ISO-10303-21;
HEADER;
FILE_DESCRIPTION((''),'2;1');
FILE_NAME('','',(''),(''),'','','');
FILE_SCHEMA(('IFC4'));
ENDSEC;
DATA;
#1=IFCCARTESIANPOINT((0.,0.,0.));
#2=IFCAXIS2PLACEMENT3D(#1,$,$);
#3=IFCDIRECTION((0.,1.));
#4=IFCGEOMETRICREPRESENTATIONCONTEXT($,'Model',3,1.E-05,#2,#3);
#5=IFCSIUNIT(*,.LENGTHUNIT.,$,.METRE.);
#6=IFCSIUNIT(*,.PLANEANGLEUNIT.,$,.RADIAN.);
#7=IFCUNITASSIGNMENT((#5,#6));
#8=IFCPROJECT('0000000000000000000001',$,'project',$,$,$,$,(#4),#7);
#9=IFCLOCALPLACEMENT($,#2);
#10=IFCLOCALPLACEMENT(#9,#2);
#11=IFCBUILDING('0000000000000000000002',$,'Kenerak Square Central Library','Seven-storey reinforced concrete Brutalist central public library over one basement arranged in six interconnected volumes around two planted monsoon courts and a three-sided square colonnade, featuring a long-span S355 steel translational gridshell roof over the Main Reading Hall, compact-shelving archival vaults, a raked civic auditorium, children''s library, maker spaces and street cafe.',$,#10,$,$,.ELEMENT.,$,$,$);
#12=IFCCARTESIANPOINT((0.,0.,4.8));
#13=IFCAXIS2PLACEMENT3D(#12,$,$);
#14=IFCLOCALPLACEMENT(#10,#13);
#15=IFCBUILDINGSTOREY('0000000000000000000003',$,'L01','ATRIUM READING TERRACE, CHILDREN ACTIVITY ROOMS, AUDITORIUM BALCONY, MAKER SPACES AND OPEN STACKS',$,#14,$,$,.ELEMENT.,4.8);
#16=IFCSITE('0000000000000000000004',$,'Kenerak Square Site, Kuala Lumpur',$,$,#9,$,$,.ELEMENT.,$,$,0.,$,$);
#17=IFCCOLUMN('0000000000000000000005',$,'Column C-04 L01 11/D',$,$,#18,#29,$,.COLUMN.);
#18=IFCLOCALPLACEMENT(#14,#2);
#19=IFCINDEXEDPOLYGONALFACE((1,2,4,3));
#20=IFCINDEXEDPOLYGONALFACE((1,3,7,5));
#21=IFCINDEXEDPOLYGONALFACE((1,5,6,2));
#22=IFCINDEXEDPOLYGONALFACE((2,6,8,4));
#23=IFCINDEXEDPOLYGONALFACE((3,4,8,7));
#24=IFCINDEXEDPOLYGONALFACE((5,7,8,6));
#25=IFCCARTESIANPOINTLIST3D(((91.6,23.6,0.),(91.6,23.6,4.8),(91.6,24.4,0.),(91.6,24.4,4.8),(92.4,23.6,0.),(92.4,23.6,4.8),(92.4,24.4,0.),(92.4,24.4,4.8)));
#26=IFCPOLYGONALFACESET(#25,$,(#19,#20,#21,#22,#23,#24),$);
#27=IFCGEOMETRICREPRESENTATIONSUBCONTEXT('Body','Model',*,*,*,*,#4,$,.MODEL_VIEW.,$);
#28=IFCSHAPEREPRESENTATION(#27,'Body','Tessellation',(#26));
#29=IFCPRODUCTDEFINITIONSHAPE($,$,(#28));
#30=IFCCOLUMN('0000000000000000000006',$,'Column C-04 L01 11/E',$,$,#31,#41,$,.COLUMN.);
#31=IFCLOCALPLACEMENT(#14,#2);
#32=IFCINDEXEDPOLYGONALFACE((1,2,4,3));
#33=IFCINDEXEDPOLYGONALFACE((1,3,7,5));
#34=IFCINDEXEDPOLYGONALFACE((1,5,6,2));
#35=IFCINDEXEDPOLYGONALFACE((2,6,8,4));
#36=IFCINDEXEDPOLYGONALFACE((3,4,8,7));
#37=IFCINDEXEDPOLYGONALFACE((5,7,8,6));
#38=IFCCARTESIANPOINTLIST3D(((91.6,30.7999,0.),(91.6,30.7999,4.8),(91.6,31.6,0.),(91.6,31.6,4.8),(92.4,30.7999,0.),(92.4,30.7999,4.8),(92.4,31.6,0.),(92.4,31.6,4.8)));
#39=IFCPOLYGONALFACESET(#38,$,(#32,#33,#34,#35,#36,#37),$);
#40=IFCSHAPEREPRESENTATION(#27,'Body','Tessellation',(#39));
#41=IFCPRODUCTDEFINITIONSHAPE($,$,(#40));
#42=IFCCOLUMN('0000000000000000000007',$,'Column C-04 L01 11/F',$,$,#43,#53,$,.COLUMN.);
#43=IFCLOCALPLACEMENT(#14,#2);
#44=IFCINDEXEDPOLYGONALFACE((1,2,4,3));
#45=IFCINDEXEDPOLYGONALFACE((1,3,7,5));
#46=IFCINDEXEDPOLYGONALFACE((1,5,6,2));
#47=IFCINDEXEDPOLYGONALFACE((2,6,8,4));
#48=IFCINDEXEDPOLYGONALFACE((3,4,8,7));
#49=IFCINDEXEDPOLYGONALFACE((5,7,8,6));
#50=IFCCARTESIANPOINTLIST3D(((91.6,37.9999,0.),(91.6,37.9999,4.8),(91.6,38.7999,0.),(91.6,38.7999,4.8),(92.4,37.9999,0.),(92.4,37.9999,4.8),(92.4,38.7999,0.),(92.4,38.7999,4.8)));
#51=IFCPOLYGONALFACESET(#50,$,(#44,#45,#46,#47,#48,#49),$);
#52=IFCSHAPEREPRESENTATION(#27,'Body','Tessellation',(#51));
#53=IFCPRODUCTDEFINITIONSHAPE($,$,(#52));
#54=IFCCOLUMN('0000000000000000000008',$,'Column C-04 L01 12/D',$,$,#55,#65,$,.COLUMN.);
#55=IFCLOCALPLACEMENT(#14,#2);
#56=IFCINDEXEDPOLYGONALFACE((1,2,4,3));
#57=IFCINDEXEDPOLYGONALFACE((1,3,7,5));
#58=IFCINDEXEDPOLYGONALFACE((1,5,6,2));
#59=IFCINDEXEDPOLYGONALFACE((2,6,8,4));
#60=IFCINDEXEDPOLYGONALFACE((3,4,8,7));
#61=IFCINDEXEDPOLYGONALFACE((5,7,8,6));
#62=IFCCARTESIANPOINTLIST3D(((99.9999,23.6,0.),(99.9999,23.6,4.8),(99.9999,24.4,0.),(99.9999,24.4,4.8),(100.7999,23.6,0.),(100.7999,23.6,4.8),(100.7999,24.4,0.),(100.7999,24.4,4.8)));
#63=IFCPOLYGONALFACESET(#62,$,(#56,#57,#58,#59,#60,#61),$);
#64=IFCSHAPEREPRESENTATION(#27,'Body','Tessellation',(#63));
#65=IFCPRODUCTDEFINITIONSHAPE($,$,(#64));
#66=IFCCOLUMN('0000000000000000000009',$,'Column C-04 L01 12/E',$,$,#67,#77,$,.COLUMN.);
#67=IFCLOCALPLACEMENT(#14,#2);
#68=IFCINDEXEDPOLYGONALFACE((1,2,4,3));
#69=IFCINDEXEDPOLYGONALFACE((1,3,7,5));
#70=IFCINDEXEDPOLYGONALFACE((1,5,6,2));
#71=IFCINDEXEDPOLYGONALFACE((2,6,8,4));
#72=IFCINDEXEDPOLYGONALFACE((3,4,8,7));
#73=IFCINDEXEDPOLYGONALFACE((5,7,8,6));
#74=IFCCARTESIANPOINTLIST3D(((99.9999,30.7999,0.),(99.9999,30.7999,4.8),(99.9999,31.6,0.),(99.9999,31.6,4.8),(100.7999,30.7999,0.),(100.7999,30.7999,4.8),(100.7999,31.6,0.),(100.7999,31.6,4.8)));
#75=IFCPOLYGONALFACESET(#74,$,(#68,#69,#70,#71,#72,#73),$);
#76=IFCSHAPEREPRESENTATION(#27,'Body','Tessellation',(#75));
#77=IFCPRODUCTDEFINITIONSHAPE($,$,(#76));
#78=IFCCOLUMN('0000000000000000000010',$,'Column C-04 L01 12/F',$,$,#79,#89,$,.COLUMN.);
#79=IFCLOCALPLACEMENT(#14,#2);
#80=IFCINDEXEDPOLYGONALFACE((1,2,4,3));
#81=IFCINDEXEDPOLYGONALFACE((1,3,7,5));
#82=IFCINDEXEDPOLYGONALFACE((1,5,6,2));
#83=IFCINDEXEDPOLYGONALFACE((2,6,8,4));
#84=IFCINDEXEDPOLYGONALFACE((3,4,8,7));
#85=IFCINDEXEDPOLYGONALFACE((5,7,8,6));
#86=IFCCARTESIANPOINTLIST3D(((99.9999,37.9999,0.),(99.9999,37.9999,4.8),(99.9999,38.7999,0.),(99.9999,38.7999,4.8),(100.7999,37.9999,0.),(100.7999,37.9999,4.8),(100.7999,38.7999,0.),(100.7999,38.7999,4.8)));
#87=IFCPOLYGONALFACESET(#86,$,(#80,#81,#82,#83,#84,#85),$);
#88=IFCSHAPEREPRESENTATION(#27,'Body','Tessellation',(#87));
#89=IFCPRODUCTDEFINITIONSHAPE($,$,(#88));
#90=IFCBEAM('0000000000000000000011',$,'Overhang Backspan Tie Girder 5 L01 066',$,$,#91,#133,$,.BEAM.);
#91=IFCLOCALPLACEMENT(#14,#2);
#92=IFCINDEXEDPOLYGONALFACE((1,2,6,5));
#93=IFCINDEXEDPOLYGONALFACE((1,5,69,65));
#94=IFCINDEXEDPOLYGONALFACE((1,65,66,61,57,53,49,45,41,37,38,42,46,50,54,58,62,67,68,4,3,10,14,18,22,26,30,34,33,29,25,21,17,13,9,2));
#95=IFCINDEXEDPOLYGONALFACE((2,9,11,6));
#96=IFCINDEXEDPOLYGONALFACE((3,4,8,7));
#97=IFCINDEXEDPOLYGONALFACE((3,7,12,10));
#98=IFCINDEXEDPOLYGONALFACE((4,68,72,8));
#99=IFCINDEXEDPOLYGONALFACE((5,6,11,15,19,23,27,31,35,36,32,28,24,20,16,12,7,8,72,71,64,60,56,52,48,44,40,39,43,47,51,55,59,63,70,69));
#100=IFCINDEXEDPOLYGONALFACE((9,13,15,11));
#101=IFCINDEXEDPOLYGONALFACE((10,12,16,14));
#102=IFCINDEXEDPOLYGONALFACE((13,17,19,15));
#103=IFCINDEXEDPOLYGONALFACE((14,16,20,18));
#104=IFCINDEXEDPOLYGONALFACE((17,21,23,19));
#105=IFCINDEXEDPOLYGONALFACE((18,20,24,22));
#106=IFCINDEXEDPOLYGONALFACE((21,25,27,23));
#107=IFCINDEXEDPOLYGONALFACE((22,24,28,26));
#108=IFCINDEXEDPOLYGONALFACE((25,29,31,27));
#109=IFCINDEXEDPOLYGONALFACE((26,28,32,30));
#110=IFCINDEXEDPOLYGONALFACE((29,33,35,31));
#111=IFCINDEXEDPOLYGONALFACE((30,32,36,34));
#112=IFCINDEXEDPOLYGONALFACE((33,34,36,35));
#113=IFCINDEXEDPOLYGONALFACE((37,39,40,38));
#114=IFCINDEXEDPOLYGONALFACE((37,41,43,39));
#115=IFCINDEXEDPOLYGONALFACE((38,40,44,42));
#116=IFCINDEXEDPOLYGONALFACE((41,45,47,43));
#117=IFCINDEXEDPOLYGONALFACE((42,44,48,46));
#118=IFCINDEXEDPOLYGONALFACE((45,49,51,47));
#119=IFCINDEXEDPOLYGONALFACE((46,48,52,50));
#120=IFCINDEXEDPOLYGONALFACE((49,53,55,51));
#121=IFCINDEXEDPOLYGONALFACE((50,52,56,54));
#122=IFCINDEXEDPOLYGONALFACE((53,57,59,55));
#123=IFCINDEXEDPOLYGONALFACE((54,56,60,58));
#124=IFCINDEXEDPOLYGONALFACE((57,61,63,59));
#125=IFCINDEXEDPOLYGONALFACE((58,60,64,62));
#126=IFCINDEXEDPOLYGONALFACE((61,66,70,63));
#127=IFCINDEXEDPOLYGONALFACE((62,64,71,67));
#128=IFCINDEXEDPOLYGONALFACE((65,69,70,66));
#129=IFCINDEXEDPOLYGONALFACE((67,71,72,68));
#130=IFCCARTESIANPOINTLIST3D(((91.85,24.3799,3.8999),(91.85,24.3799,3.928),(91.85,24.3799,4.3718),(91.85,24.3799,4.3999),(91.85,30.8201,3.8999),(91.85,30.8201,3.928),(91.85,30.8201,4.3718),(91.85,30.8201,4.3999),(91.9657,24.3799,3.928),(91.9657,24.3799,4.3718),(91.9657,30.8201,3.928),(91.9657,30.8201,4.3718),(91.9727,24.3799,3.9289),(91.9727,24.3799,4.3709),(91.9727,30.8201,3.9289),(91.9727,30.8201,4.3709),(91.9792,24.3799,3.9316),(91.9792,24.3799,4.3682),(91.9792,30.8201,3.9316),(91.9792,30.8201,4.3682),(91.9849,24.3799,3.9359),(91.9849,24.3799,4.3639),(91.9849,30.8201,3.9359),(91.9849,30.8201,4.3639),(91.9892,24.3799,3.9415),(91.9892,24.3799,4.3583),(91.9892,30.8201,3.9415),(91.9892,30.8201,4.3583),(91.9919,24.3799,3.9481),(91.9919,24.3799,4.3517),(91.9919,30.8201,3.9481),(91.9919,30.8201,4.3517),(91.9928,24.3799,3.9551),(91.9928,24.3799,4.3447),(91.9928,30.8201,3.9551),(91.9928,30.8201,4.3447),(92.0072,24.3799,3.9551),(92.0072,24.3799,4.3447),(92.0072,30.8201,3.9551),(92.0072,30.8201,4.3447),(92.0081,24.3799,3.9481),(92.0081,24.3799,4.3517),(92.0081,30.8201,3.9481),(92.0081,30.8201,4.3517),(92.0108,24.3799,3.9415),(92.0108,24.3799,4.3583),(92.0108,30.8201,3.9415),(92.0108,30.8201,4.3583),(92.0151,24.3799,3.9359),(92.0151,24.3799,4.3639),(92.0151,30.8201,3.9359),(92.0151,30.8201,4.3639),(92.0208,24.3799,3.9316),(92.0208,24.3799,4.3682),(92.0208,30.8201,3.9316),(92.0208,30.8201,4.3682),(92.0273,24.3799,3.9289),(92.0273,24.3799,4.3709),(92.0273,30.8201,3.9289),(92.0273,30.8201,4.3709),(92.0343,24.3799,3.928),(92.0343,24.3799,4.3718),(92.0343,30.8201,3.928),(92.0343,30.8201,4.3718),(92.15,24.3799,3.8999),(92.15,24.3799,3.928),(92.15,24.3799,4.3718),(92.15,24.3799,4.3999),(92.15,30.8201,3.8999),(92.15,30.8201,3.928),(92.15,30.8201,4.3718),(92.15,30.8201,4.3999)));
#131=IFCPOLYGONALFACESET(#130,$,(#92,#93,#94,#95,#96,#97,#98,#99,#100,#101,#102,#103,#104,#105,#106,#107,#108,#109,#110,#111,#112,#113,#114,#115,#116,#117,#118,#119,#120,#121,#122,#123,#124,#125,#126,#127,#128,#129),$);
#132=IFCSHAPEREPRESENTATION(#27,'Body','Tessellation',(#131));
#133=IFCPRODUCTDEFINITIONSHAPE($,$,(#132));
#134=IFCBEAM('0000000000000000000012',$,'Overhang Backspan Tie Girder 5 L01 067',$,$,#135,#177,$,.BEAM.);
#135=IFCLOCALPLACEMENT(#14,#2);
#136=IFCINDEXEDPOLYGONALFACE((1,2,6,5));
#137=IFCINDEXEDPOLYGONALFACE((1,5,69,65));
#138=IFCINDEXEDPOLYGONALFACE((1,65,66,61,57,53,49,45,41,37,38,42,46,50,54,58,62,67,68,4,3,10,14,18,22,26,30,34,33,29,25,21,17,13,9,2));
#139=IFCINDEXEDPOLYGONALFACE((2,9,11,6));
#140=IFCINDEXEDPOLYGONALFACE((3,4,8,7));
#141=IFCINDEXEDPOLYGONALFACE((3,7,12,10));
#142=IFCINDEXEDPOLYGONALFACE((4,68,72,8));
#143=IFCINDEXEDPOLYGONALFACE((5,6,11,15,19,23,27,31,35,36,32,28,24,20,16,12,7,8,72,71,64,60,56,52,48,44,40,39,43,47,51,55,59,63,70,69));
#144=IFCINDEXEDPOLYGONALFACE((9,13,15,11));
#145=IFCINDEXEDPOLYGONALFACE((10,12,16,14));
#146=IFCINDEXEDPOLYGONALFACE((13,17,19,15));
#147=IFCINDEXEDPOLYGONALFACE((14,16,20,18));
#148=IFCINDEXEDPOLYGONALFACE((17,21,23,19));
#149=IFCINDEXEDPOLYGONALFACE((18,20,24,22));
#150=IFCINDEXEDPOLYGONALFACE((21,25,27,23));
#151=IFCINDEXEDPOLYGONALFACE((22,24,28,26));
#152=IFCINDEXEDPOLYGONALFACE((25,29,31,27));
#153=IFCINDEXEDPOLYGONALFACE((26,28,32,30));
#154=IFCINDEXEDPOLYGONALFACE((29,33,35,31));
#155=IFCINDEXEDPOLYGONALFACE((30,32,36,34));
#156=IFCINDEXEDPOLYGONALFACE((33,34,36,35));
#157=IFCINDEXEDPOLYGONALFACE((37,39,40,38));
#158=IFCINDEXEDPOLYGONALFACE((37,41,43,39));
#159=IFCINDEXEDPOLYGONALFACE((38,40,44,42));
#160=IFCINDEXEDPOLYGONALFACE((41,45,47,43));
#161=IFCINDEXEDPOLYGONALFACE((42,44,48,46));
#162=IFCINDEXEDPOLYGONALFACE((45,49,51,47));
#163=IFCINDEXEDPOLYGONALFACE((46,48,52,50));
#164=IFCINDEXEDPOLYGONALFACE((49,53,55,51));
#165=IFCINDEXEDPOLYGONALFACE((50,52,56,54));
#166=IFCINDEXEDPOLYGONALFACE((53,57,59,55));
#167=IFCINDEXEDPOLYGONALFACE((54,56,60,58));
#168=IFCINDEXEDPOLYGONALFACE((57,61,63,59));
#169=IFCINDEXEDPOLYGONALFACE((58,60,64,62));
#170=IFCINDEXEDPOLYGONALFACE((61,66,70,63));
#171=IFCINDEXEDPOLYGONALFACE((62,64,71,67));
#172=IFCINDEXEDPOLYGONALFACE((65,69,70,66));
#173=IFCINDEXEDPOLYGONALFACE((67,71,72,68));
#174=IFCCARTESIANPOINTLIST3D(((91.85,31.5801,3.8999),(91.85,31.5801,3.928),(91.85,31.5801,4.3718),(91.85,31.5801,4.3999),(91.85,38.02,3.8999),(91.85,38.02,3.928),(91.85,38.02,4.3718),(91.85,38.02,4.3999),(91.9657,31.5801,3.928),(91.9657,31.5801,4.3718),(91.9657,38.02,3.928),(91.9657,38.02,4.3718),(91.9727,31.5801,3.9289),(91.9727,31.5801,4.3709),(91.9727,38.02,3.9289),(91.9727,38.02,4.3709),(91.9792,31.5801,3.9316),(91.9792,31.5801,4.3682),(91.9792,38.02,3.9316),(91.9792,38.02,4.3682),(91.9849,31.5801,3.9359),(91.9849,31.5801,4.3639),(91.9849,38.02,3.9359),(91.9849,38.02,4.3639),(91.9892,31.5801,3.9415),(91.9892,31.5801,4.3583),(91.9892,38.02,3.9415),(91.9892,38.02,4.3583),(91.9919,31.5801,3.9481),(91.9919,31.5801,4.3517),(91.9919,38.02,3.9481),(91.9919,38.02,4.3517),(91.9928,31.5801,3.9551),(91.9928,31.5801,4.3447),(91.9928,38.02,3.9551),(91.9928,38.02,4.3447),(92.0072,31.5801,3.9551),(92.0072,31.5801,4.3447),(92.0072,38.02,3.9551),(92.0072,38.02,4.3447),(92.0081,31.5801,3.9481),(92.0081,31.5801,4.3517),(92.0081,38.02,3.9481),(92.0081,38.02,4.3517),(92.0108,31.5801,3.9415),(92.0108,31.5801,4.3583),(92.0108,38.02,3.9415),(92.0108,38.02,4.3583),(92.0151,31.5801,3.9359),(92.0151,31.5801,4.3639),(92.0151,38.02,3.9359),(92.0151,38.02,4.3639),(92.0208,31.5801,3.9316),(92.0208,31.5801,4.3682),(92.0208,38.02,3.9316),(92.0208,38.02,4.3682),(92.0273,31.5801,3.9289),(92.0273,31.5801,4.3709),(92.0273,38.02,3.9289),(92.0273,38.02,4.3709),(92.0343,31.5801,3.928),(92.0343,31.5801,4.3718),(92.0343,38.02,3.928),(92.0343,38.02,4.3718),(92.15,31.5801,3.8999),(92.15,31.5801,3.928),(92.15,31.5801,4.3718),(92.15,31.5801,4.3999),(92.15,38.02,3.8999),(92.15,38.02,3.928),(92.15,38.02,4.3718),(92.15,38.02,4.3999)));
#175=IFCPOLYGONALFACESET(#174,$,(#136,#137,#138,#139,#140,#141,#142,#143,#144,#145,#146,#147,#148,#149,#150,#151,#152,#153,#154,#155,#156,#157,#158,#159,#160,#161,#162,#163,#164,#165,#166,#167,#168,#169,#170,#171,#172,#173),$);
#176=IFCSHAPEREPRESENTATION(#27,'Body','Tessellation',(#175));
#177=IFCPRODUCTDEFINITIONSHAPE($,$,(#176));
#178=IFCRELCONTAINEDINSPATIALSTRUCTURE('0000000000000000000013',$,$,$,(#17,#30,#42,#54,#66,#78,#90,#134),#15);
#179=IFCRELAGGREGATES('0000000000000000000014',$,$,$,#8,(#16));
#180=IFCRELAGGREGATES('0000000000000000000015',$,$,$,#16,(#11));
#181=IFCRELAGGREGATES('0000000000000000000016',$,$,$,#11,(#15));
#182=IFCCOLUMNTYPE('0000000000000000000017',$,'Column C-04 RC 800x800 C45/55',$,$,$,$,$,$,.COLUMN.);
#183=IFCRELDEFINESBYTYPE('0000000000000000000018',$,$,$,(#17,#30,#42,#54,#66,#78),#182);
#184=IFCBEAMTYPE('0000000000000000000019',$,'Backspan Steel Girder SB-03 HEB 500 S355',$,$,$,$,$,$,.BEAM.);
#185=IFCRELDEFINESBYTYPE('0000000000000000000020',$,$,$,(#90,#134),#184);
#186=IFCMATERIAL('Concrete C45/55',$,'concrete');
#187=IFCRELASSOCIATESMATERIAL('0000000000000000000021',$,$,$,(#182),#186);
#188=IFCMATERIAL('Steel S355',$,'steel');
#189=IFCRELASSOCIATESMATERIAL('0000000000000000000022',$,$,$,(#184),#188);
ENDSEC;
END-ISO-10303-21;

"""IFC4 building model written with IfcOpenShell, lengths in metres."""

from ifc_helpers import new_model, si_unit, direction, frame, origin, origin_2d, place, context, subcontext, project, spatial, rectangle, i_section, extrude, material, material_profile, profile_set, type_object, element, save


model = new_model("IFC4")

# Units and contexts
model_context = context("Model", 3, precision=1e-05, world=origin(), true_north=direction((0.0, 1.0)))
body_context = subcontext(model_context, "Body", "Model", "MODEL_VIEW")
ifc_project = project(units=[si_unit("LENGTHUNIT", "METRE"), si_unit("PLANEANGLEUNIT", "RADIAN")], contexts=[model_context])

# Site, building, storey
site_placement = place(None, origin())
site = spatial("IfcSite", under=ifc_project, at=site_placement, Name="Kenerak Square Site, Kuala Lumpur", CompositionType="ELEMENT", RefElevation=0.0)
building_placement = place(site_placement, origin())
building = spatial("IfcBuilding", under=site, at=building_placement, Name="Kenerak Square Central Library", Description="Seven-storey reinforced concrete Brutalist central public library over one basement arranged in six interconnected volumes around two planted monsoon courts and a three-sided square colonnade, featuring a long-span S355 steel translational gridshell roof over the Main Reading Hall, compact-shelving archival vaults, a raked civic auditorium, children's library, maker spaces and street cafe.", CompositionType="ELEMENT")
storey_placement = place(building_placement, frame((0.0, 0.0, 4.8)))
storey = spatial("IfcBuildingStorey", under=building, at=storey_placement, Name="L01", Description="ATRIUM READING TERRACE, CHILDREN ACTIVITY ROOMS, AUDITORIUM BALCONY, MAKER SPACES AND OPEN STACKS", CompositionType="ELEMENT", Elevation=4.8)

# Columns
ifc_material_1 = material(Name="Concrete C45/55", Category="concrete")
ifc_material_profile_1 = material_profile(ifc_material_1, rectangle(XDim=0.8, YDim=0.8, at=origin_2d()), Name="RC 800x800")
ifc_profile_set_1 = profile_set([ifc_material_profile_1], Name="Concrete C45/55")
column_type = type_object("IfcColumnType", Name="Column C-04 RC 800x800 C45/55", PredefinedType="COLUMN", material=ifc_profile_set_1)
for number, where, z_axis, x_axis, name in (
    (1, (92.0, 24.0, 0.0), (0.0, 0.0, 1.0), (1.0, 0.0, 0.0), "Column C-04 L01 11/D"),
    (2, (92.0, 31.2, 0.0), (0.0, 0.0, 1.0), (1.0, 0.0, 0.0), "Column C-04 L01 11/E"),
    (3, (92.0, 38.3999, 0.0), (0.0, 0.0, 1.0), (1.0, 0.0, 0.0), "Column C-04 L01 11/F"),
    (4, (100.3999, 24.0, 0.0), (0.0, 0.0, 1.0), (1.0, 0.0, 0.0), "Column C-04 L01 12/D"),
    (5, (100.3999, 31.2, 0.0), (0.0, 0.0, 1.0), (1.0, 0.0, 0.0), "Column C-04 L01 12/E"),
    (6, (100.3999, 38.3999, 0.0), (0.0, 0.0, 1.0), (1.0, 0.0, 0.0), "Column C-04 L01 12/F"),
):
    element("IfcColumn", number, at=place(storey_placement, frame(where, z_axis=z_axis, x_axis=x_axis)), inside=storey, type_object=column_type, Name=name, PredefinedType="COLUMN", context=body_context, shape_type="SweptSolid", body=[
        extrude(rectangle(XDim=0.8, YDim=0.8, at=origin_2d()), origin(), (0.0, 0.0, 1.0), 4.8),
    ])

# Beams
ifc_material_2 = material(Name="Steel S355", Category="steel")
ifc_material_profile_2 = material_profile(ifc_material_2, i_section(OverallWidth=0.3, OverallDepth=0.5, WebThickness=0.0144, FlangeThickness=0.0281, FilletRadius=0.0271, at=origin_2d()), Name="HEB 500")
ifc_profile_set_2 = profile_set([ifc_material_profile_2], Name="Steel S355")
beam_type_1 = type_object("IfcBeamType", Name="Backspan Steel Girder SB-03 HEB 500 S355", PredefinedType="BEAM", material=ifc_profile_set_2)
beam_1_placement = place(storey_placement, frame((92.0, 24.3799, 4.1499), z_axis=(0.0, 1.0, 0.0), x_axis=(-1.0, 0.0, 0.0)))
element("IfcBeam", 7, at=beam_1_placement, inside=storey, type_object=beam_type_1, Name="Overhang Backspan Tie Girder 5 L01 066", PredefinedType="BEAM", context=body_context, shape_type="SweptSolid", body=[
    extrude(i_section(OverallWidth=0.3, OverallDepth=0.5, WebThickness=0.0144, FlangeThickness=0.0281, FilletRadius=0.0271, at=origin_2d()), origin(), (0.0, 0.0, 1.0), 6.4402),
])
beam_2_placement = place(storey_placement, frame((92.0, 31.5801, 4.1499), z_axis=(0.0, 1.0, 0.0), x_axis=(-1.0, 0.0, 0.0)))
element("IfcBeam", 8, at=beam_2_placement, inside=storey, type_object=beam_type_1, Name="Overhang Backspan Tie Girder 5 L01 067", PredefinedType="BEAM", context=body_context, shape_type="SweptSolid", body=[
    extrude(i_section(OverallWidth=0.3, OverallDepth=0.5, WebThickness=0.0144, FlangeThickness=0.0281, FilletRadius=0.0271, at=origin_2d()), origin(), (0.0, 0.0, 1.0), 6.4399),
])

save(model, "model.ifc")
